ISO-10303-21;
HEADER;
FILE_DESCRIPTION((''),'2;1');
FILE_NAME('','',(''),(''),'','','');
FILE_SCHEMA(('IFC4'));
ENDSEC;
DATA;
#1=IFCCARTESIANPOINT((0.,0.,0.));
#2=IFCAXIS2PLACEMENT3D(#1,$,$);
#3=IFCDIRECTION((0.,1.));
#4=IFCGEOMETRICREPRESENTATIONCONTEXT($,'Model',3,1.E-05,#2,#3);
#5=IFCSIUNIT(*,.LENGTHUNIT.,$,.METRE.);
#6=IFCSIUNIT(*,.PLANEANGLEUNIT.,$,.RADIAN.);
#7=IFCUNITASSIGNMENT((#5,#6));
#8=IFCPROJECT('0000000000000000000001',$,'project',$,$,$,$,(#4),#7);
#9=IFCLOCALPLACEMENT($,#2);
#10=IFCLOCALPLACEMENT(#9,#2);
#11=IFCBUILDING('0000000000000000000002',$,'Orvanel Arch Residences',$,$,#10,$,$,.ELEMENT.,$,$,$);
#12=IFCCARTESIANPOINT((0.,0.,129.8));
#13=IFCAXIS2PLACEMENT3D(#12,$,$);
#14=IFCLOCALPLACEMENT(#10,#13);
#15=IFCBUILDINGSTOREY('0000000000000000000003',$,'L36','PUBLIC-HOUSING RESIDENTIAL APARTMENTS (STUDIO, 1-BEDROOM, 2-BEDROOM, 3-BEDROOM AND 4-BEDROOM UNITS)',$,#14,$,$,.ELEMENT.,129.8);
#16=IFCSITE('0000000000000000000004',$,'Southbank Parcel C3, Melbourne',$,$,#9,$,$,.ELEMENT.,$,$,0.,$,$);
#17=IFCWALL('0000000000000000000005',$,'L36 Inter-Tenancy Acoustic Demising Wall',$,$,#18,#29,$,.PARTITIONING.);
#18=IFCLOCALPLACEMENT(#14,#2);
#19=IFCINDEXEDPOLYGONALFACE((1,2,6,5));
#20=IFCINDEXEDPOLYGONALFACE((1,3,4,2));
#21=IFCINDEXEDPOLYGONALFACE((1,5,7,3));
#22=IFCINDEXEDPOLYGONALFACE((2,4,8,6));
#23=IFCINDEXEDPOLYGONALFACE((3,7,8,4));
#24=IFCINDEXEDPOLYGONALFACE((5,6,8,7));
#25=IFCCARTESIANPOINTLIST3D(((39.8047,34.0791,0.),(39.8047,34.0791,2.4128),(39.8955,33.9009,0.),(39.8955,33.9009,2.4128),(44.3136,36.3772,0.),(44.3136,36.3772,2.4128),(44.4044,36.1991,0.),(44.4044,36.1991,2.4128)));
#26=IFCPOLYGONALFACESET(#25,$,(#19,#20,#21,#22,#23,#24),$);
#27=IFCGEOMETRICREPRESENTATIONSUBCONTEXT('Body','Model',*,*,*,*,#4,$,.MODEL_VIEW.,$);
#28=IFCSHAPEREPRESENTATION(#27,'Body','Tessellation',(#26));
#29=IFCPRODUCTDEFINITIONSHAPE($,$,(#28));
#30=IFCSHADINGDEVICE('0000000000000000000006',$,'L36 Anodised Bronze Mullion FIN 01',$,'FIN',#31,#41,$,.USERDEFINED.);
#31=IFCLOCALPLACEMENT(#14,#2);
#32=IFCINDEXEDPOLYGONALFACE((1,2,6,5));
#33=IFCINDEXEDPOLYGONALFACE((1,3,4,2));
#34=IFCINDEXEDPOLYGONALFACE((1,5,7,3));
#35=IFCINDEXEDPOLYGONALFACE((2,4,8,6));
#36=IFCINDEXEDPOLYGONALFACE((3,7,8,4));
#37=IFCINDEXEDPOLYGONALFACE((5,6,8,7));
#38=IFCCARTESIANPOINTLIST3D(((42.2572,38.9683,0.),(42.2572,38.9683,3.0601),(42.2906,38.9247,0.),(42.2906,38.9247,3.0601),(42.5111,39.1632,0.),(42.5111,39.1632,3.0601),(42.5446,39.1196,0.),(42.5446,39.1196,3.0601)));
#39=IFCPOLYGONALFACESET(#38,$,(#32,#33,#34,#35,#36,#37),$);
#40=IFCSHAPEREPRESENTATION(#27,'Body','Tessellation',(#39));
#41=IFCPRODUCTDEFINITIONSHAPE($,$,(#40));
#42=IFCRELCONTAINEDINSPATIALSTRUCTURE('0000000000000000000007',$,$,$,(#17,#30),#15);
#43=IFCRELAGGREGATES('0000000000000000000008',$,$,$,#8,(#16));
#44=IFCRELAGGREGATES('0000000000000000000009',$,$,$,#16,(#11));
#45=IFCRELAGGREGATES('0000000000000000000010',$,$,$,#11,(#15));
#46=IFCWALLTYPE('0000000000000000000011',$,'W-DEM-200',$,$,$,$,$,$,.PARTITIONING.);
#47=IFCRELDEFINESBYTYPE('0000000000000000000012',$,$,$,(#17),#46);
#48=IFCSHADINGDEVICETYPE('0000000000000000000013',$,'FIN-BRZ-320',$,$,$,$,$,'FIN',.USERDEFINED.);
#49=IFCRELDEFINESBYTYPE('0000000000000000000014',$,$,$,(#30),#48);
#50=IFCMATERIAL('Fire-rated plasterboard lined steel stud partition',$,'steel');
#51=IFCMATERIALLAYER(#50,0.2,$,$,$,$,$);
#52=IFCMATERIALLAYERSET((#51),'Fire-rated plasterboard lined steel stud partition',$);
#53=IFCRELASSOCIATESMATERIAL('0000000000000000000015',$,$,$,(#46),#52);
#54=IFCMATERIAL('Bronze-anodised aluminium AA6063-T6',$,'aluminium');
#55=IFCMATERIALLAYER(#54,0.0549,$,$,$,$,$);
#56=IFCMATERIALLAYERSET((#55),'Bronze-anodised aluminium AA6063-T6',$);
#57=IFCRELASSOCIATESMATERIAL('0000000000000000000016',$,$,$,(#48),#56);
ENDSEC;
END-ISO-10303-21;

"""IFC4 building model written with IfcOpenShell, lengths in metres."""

from ifc_helpers import new_model, si_unit, direction, frame, frame_2d, origin, origin_2d, place, context, subcontext, project, spatial, rectangle, extrude, material, layer, layer_set, type_object, element, save


model = new_model("IFC4")

# Units and contexts
model_context = context("Model", 3, precision=1e-05, world=origin(), true_north=direction((0.0, 1.0)))
body_context = subcontext(model_context, "Body", "Model", "MODEL_VIEW")
ifc_project = project(units=[si_unit("LENGTHUNIT", "METRE"), si_unit("PLANEANGLEUNIT", "RADIAN")], contexts=[model_context])

# Site, building, storey
site_placement = place(None, origin())
site = spatial("IfcSite", under=ifc_project, at=site_placement, Name="Southbank Parcel C3, Melbourne", CompositionType="ELEMENT", RefElevation=0.0)
building_placement = place(site_placement, origin())
building = spatial("IfcBuilding", under=site, at=building_placement, Name="Orvanel Arch Residences", CompositionType="ELEMENT")
storey_placement = place(building_placement, frame((0.0, 0.0, 129.8)))
storey = spatial("IfcBuildingStorey", under=building, at=storey_placement, Name="L36", Description="PUBLIC-HOUSING RESIDENTIAL APARTMENTS (STUDIO, 1-BEDROOM, 2-BEDROOM, 3-BEDROOM AND 4-BEDROOM UNITS)", CompositionType="ELEMENT", Elevation=129.8)

# Shared definitions
ifc_material_1 = material(Name="Bronze-anodised aluminium AA6063-T6", Category="aluminium")

# Wall
ifc_material_2 = material(Name="Fire-rated plasterboard lined steel stud partition", Category="steel")
ifc_layer_1 = layer(ifc_material_2, 0.2)
ifc_layer_set_1 = layer_set([ifc_layer_1], Name="Fire-rated plasterboard lined steel stud partition")
wall_type_1 = type_object("IfcWallType", Name="W-DEM-200", PredefinedType="PARTITIONING", material=ifc_layer_set_1)
wall_1_placement = place(storey_placement, frame((44.3589, 36.2881, 0.0), z_axis=(0.0, 0.0, 1.0), x_axis=(-0.890946, -0.454109, 0.0)))
element("IfcWall", 1, at=wall_1_placement, inside=storey, type_object=wall_type_1, Name="L36 Inter-Tenancy Acoustic Demising Wall", PredefinedType="PARTITIONING", context=body_context, shape_type="SweptSolid", body=[
    extrude(rectangle(XDim=5.0608, YDim=0.2, at=frame_2d((2.5303, 0.0))), origin(), (0.0, 0.0, 1.0), 2.4128),
])

# Shading device
ifc_layer_2 = layer(ifc_material_1, 0.0549)
ifc_layer_set_2 = layer_set([ifc_layer_2], Name="Bronze-anodised aluminium AA6063-T6")
shading_device_type = type_object("IfcShadingDeviceType", Name="FIN-BRZ-320", ElementType="FIN", PredefinedType="USERDEFINED", material=ifc_layer_set_2)
shading_device_placement = place(storey_placement, frame((42.4009, 39.0439, 0.0), z_axis=(0.0, 0.0, 1.0), x_axis=(0.793353, 0.608761, 0.0)))
element("IfcShadingDevice", 2, at=shading_device_placement, inside=storey, type_object=shading_device_type, Name="L36 Anodised Bronze Mullion FIN 01", ObjectType="FIN", PredefinedType="USERDEFINED", context=body_context, shape_type="SweptSolid", body=[
    extrude(rectangle(XDim=0.3201, YDim=0.0549, at=origin_2d()), origin(), (0.0, 0.0, 1.0), 3.0601),
])

save(model, "model.ifc")
